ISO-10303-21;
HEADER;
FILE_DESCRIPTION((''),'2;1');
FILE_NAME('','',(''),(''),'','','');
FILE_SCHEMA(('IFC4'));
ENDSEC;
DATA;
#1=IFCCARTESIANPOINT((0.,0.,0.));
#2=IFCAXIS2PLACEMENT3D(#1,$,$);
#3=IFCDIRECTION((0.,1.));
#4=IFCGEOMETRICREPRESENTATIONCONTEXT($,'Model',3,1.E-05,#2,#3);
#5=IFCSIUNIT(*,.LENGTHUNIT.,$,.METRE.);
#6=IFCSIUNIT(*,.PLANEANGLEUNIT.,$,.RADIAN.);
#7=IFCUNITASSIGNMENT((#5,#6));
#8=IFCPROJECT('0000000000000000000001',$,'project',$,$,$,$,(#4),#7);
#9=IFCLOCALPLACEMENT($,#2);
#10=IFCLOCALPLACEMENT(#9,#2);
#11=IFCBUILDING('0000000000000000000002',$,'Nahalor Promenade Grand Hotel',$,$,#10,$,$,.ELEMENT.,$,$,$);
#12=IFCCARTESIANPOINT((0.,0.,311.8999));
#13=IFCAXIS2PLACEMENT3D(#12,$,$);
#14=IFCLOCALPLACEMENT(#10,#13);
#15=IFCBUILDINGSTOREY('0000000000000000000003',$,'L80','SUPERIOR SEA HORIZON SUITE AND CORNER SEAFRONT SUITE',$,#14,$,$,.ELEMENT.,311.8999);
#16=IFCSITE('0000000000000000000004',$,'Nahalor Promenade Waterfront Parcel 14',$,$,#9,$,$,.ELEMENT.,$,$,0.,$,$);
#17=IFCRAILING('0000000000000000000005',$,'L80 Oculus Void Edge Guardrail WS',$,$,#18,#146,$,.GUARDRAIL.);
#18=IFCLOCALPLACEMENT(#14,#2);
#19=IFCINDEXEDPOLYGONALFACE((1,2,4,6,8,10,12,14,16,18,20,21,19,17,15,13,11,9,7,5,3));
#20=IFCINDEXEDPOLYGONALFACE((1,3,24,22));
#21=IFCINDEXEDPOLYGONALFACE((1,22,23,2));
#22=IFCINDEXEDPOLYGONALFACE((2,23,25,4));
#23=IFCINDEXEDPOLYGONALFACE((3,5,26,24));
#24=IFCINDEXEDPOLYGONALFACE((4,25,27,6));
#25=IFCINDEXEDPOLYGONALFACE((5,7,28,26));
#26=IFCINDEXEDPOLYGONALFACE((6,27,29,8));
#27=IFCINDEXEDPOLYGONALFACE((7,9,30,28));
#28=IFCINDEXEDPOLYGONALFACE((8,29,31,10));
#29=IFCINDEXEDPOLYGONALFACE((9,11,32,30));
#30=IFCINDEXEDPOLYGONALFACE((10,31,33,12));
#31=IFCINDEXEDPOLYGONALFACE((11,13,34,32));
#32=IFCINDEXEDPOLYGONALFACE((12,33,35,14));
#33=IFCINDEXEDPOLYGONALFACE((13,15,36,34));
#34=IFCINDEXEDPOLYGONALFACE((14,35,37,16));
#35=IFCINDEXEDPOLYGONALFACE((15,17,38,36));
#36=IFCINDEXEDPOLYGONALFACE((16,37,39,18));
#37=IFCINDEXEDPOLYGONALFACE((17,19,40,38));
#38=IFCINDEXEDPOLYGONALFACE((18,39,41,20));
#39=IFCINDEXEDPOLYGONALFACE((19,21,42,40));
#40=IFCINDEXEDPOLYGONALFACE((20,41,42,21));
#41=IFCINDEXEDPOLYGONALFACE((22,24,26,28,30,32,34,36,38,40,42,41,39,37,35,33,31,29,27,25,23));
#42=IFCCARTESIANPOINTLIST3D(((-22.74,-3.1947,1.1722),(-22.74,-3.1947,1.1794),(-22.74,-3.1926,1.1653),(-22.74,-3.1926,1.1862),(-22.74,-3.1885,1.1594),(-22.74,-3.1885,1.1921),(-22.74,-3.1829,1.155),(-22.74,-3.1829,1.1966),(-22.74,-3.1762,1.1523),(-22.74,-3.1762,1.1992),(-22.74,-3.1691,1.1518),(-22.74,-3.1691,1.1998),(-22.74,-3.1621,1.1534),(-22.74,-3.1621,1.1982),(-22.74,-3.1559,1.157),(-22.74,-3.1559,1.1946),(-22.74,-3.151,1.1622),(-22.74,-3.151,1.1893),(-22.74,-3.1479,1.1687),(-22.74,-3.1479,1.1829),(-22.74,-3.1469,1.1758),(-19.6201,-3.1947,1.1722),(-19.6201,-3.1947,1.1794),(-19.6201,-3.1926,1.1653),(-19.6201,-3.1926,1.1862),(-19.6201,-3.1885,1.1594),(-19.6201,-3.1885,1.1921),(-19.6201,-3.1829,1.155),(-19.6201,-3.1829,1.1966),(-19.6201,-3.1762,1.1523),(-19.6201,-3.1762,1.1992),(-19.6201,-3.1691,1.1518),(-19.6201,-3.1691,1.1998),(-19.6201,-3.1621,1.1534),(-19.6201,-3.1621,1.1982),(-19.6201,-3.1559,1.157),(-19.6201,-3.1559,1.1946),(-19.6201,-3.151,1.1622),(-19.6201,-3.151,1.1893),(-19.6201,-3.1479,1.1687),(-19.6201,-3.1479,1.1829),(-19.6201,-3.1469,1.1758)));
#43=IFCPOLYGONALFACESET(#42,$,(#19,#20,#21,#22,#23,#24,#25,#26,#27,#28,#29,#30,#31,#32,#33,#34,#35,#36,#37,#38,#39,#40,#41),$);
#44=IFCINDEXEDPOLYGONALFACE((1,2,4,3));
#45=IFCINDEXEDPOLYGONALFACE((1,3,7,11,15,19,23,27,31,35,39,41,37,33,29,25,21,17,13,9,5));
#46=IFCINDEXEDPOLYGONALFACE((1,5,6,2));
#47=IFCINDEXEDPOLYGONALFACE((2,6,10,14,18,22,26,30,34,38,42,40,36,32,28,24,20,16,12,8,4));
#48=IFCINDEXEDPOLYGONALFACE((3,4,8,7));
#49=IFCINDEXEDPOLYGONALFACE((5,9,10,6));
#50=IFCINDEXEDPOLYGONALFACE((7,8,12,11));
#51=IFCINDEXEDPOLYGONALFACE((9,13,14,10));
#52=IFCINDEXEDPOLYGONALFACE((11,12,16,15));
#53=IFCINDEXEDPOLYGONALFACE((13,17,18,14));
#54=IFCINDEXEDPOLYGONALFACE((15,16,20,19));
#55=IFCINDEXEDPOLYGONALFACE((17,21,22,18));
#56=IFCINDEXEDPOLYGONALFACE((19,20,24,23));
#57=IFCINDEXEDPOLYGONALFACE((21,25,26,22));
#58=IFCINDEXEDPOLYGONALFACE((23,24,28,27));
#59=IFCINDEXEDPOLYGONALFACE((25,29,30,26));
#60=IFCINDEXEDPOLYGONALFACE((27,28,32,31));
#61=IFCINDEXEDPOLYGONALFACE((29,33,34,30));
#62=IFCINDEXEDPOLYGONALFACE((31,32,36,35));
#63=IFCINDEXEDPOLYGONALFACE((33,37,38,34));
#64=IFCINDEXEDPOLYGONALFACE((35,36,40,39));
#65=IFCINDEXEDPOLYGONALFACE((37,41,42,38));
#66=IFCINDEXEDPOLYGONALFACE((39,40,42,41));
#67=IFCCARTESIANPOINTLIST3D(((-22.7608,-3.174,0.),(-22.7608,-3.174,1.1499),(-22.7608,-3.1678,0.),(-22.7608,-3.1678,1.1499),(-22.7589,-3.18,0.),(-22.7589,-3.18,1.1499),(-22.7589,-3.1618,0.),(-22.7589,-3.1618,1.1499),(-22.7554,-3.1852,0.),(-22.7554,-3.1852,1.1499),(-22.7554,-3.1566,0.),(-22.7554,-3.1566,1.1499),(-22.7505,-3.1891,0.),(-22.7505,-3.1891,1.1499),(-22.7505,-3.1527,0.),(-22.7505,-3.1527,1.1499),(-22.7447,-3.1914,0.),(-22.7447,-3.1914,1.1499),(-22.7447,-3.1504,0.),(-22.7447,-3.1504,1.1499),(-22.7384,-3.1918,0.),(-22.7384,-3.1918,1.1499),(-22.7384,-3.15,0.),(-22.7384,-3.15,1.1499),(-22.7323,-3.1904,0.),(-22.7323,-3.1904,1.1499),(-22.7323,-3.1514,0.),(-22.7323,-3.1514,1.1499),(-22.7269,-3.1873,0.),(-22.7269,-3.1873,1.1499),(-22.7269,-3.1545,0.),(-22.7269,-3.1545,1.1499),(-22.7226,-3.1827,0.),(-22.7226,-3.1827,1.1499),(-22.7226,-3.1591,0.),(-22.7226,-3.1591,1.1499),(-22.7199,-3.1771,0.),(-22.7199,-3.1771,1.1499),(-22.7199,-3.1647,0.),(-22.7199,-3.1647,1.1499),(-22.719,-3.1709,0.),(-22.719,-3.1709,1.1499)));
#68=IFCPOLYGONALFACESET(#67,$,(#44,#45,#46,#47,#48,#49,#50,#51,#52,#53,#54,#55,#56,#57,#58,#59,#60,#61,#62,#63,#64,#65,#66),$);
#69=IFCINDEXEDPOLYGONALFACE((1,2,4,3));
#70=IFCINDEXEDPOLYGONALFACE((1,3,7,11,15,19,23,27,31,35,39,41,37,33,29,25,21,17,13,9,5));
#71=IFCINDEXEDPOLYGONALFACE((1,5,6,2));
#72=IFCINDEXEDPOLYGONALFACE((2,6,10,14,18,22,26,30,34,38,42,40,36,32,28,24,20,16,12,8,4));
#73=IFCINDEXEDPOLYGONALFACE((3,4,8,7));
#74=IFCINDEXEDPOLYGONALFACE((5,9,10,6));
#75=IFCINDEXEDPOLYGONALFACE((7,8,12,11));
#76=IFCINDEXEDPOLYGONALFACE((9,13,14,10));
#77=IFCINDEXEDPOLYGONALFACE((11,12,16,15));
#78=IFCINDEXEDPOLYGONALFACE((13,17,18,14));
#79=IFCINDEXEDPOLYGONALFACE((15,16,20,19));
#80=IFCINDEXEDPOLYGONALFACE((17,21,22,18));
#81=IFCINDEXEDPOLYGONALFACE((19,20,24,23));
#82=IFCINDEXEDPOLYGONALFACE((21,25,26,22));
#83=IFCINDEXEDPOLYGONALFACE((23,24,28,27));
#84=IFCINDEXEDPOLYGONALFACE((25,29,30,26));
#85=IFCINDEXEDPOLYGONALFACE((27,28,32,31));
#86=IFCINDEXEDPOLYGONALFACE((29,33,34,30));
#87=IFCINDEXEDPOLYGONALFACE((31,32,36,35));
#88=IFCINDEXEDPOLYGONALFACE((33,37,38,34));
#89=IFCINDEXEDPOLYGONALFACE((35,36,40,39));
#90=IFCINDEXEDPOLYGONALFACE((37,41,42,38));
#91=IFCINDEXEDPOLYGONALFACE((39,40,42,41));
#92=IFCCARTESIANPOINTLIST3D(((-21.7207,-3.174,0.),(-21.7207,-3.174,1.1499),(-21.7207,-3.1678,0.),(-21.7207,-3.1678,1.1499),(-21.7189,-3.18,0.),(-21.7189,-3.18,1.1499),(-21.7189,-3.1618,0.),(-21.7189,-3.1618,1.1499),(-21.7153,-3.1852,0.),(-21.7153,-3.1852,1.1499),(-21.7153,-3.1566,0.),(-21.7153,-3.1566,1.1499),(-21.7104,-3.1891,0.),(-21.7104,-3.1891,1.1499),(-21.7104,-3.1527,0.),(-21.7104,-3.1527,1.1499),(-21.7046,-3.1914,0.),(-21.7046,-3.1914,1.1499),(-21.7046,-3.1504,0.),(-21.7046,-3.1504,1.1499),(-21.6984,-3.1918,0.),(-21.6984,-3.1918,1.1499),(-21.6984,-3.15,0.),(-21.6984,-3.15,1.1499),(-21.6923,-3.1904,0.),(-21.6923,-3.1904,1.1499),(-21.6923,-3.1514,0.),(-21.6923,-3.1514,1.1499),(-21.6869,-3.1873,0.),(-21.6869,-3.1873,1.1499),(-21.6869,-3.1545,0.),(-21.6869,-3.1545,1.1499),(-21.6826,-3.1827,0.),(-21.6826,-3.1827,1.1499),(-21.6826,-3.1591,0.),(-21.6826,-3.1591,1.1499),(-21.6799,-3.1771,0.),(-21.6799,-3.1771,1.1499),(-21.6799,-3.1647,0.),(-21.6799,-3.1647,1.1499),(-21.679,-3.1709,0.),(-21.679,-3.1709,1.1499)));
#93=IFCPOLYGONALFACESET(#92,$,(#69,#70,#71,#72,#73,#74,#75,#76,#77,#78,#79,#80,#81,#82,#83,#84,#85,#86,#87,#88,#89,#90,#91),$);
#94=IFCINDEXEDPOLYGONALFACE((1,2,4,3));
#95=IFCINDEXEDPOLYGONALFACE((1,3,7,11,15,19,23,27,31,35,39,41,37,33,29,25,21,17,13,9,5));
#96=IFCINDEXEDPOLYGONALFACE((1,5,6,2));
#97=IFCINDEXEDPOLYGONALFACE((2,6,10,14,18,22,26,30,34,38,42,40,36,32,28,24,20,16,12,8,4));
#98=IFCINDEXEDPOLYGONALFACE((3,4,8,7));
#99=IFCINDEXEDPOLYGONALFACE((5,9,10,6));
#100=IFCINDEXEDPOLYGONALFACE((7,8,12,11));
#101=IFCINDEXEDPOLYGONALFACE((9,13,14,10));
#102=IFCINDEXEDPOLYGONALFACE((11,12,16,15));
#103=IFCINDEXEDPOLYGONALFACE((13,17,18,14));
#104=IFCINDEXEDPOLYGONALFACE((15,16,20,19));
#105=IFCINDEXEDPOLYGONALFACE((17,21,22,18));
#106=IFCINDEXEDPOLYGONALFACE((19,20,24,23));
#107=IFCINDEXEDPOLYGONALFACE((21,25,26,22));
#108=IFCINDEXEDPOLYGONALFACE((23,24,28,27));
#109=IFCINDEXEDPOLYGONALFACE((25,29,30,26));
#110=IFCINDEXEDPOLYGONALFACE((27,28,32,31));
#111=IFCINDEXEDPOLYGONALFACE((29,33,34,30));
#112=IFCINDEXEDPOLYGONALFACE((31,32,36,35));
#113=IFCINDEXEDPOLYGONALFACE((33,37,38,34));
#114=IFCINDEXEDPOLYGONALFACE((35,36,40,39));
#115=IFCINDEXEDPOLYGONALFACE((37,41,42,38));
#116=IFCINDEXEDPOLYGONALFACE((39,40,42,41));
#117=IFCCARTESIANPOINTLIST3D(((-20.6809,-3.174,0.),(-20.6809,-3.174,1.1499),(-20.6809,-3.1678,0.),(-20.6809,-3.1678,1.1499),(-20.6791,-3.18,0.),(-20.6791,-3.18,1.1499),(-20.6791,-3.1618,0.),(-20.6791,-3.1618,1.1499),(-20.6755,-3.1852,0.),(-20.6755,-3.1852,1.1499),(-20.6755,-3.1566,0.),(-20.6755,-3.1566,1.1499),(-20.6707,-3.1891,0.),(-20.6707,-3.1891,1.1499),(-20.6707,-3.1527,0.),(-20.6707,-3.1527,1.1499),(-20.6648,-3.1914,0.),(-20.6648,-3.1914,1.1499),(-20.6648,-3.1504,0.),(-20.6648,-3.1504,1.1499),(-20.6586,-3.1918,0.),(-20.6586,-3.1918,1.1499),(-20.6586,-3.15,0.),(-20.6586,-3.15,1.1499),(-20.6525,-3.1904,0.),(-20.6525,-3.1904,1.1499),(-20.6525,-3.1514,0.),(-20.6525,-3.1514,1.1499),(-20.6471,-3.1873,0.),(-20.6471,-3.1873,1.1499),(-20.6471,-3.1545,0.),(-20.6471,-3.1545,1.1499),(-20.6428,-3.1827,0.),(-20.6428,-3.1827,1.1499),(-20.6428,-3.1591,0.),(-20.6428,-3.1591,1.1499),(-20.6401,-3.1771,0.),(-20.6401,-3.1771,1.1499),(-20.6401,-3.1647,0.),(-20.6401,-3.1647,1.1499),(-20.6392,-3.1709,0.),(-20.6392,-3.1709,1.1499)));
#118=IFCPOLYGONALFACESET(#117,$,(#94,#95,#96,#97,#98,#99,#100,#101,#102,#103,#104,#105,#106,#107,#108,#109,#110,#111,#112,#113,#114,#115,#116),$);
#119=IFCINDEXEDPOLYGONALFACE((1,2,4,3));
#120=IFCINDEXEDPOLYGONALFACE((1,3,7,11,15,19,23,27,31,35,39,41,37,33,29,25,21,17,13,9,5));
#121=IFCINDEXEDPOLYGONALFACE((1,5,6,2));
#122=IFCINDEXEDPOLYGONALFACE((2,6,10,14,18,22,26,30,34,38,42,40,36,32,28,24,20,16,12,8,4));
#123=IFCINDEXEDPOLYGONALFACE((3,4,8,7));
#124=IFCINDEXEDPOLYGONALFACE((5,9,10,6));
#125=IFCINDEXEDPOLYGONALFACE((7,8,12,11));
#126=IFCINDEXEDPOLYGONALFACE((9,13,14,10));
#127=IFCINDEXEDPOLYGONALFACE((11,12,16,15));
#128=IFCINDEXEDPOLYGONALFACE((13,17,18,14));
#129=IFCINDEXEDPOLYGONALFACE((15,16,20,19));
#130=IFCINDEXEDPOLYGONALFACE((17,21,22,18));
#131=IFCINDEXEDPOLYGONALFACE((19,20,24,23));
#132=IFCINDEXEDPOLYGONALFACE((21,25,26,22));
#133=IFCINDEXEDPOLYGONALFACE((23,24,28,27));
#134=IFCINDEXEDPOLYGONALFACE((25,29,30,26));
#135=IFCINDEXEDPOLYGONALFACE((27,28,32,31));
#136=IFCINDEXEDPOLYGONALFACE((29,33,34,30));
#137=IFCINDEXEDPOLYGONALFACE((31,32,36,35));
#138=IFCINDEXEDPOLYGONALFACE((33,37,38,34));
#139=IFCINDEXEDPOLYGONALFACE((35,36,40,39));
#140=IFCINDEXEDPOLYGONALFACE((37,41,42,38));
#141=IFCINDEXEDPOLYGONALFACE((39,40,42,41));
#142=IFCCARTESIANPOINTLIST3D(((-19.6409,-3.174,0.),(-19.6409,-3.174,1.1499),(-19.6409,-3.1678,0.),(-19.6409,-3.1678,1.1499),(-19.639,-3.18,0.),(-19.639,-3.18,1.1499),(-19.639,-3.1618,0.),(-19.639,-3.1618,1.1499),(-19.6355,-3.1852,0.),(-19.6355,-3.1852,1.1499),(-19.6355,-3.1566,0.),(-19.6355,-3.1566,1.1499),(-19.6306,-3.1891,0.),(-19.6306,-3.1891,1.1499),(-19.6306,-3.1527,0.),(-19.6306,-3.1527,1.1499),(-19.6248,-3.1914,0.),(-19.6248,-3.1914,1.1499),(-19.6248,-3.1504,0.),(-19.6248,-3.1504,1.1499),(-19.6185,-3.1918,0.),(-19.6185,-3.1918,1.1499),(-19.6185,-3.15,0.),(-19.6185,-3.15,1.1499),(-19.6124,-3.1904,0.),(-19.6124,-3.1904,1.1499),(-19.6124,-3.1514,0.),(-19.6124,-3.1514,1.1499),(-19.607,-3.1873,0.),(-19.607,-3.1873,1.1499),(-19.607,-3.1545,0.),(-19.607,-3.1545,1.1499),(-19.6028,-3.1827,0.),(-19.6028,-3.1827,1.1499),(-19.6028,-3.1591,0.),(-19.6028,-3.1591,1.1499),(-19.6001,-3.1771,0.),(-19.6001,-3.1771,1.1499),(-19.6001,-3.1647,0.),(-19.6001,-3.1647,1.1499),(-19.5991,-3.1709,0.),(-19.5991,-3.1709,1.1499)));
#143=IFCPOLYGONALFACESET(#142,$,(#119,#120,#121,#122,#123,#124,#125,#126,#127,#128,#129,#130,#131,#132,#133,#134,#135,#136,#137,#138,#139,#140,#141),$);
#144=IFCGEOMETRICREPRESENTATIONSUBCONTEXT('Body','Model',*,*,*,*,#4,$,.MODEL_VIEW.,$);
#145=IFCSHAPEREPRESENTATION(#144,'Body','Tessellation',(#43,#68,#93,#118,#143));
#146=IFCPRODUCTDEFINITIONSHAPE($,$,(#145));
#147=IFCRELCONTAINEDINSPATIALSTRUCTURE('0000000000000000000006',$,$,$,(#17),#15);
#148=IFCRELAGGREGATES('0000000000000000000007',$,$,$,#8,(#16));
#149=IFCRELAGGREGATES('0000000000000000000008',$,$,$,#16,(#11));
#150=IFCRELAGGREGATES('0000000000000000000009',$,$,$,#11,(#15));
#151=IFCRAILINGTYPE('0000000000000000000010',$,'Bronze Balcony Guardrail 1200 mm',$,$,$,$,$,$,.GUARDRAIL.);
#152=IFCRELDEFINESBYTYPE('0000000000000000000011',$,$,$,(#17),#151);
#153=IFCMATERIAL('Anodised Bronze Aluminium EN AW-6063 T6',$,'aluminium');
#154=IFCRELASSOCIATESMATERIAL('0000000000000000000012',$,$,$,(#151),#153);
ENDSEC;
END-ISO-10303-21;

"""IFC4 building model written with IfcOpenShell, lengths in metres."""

from ifc_helpers import new_model, si_unit, direction, frame, origin, origin_2d, place, context, subcontext, project, spatial, circle, extrude, material, type_object, element, save


model = new_model("IFC4")

# Units and contexts
model_context = context("Model", 3, precision=1e-05, world=origin(), true_north=direction((0.0, 1.0)))
body_context = subcontext(model_context, "Body", "Model", "MODEL_VIEW")
ifc_project = project(units=[si_unit("LENGTHUNIT", "METRE"), si_unit("PLANEANGLEUNIT", "RADIAN")], contexts=[model_context])

# Site, building, storey
site_placement = place(None, origin())
site = spatial("IfcSite", under=ifc_project, at=site_placement, Name="Nahalor Promenade Waterfront Parcel 14", CompositionType="ELEMENT", RefElevation=0.0)
building_placement = place(site_placement, origin())
building = spatial("IfcBuilding", under=site, at=building_placement, Name="Nahalor Promenade Grand Hotel", CompositionType="ELEMENT")
storey_placement = place(building_placement, frame((0.0, 0.0, 311.8999)))
storey = spatial("IfcBuildingStorey", under=building, at=storey_placement, Name="L80", Description="SUPERIOR SEA HORIZON SUITE AND CORNER SEAFRONT SUITE", CompositionType="ELEMENT", Elevation=311.8999)

# Shared definitions
ifc_material_1 = material(Name="Anodised Bronze Aluminium EN AW-6063 T6", Category="aluminium")

# Railing
railing_type = type_object("IfcRailingType", Name="Bronze Balcony Guardrail 1200 mm", PredefinedType="GUARDRAIL", material=ifc_material_1)
for number, where, name in (
    (1, (-22.74, -3.1709, 0.0), "L80 Oculus Void Edge Guardrail WS"),
):
    element("IfcRailing", number, at=place(storey_placement, frame(where)), inside=storey, type_object=railing_type, Name=name, PredefinedType="GUARDRAIL", context=body_context, shape_type="SweptSolid", body=[
        extrude(circle(Radius=0.024, at=origin_2d()), frame((0.0, 0.0, 1.1758), z_axis=(1.0, 0.0, 0.0), x_axis=(0.0, 1.0, 0.0)), (0.0, 0.0, 1.0), 3.1199),
        extrude(circle(Radius=0.021, at=origin_2d()), origin(), (0.0, 0.0, 1.0), 1.1499),
        extrude(circle(Radius=0.021, at=origin_2d()), frame((1.04, 0.0, 0.0)), (0.0, 0.0, 1.0), 1.1499),
        extrude(circle(Radius=0.021, at=origin_2d()), frame((2.0798, 0.0, 0.0)), (0.0, 0.0, 1.0), 1.1499),
        extrude(circle(Radius=0.021, at=origin_2d()), frame((3.1199, 0.0, 0.0)), (0.0, 0.0, 1.0), 1.1499),
    ])

save(model, "model.ifc")
